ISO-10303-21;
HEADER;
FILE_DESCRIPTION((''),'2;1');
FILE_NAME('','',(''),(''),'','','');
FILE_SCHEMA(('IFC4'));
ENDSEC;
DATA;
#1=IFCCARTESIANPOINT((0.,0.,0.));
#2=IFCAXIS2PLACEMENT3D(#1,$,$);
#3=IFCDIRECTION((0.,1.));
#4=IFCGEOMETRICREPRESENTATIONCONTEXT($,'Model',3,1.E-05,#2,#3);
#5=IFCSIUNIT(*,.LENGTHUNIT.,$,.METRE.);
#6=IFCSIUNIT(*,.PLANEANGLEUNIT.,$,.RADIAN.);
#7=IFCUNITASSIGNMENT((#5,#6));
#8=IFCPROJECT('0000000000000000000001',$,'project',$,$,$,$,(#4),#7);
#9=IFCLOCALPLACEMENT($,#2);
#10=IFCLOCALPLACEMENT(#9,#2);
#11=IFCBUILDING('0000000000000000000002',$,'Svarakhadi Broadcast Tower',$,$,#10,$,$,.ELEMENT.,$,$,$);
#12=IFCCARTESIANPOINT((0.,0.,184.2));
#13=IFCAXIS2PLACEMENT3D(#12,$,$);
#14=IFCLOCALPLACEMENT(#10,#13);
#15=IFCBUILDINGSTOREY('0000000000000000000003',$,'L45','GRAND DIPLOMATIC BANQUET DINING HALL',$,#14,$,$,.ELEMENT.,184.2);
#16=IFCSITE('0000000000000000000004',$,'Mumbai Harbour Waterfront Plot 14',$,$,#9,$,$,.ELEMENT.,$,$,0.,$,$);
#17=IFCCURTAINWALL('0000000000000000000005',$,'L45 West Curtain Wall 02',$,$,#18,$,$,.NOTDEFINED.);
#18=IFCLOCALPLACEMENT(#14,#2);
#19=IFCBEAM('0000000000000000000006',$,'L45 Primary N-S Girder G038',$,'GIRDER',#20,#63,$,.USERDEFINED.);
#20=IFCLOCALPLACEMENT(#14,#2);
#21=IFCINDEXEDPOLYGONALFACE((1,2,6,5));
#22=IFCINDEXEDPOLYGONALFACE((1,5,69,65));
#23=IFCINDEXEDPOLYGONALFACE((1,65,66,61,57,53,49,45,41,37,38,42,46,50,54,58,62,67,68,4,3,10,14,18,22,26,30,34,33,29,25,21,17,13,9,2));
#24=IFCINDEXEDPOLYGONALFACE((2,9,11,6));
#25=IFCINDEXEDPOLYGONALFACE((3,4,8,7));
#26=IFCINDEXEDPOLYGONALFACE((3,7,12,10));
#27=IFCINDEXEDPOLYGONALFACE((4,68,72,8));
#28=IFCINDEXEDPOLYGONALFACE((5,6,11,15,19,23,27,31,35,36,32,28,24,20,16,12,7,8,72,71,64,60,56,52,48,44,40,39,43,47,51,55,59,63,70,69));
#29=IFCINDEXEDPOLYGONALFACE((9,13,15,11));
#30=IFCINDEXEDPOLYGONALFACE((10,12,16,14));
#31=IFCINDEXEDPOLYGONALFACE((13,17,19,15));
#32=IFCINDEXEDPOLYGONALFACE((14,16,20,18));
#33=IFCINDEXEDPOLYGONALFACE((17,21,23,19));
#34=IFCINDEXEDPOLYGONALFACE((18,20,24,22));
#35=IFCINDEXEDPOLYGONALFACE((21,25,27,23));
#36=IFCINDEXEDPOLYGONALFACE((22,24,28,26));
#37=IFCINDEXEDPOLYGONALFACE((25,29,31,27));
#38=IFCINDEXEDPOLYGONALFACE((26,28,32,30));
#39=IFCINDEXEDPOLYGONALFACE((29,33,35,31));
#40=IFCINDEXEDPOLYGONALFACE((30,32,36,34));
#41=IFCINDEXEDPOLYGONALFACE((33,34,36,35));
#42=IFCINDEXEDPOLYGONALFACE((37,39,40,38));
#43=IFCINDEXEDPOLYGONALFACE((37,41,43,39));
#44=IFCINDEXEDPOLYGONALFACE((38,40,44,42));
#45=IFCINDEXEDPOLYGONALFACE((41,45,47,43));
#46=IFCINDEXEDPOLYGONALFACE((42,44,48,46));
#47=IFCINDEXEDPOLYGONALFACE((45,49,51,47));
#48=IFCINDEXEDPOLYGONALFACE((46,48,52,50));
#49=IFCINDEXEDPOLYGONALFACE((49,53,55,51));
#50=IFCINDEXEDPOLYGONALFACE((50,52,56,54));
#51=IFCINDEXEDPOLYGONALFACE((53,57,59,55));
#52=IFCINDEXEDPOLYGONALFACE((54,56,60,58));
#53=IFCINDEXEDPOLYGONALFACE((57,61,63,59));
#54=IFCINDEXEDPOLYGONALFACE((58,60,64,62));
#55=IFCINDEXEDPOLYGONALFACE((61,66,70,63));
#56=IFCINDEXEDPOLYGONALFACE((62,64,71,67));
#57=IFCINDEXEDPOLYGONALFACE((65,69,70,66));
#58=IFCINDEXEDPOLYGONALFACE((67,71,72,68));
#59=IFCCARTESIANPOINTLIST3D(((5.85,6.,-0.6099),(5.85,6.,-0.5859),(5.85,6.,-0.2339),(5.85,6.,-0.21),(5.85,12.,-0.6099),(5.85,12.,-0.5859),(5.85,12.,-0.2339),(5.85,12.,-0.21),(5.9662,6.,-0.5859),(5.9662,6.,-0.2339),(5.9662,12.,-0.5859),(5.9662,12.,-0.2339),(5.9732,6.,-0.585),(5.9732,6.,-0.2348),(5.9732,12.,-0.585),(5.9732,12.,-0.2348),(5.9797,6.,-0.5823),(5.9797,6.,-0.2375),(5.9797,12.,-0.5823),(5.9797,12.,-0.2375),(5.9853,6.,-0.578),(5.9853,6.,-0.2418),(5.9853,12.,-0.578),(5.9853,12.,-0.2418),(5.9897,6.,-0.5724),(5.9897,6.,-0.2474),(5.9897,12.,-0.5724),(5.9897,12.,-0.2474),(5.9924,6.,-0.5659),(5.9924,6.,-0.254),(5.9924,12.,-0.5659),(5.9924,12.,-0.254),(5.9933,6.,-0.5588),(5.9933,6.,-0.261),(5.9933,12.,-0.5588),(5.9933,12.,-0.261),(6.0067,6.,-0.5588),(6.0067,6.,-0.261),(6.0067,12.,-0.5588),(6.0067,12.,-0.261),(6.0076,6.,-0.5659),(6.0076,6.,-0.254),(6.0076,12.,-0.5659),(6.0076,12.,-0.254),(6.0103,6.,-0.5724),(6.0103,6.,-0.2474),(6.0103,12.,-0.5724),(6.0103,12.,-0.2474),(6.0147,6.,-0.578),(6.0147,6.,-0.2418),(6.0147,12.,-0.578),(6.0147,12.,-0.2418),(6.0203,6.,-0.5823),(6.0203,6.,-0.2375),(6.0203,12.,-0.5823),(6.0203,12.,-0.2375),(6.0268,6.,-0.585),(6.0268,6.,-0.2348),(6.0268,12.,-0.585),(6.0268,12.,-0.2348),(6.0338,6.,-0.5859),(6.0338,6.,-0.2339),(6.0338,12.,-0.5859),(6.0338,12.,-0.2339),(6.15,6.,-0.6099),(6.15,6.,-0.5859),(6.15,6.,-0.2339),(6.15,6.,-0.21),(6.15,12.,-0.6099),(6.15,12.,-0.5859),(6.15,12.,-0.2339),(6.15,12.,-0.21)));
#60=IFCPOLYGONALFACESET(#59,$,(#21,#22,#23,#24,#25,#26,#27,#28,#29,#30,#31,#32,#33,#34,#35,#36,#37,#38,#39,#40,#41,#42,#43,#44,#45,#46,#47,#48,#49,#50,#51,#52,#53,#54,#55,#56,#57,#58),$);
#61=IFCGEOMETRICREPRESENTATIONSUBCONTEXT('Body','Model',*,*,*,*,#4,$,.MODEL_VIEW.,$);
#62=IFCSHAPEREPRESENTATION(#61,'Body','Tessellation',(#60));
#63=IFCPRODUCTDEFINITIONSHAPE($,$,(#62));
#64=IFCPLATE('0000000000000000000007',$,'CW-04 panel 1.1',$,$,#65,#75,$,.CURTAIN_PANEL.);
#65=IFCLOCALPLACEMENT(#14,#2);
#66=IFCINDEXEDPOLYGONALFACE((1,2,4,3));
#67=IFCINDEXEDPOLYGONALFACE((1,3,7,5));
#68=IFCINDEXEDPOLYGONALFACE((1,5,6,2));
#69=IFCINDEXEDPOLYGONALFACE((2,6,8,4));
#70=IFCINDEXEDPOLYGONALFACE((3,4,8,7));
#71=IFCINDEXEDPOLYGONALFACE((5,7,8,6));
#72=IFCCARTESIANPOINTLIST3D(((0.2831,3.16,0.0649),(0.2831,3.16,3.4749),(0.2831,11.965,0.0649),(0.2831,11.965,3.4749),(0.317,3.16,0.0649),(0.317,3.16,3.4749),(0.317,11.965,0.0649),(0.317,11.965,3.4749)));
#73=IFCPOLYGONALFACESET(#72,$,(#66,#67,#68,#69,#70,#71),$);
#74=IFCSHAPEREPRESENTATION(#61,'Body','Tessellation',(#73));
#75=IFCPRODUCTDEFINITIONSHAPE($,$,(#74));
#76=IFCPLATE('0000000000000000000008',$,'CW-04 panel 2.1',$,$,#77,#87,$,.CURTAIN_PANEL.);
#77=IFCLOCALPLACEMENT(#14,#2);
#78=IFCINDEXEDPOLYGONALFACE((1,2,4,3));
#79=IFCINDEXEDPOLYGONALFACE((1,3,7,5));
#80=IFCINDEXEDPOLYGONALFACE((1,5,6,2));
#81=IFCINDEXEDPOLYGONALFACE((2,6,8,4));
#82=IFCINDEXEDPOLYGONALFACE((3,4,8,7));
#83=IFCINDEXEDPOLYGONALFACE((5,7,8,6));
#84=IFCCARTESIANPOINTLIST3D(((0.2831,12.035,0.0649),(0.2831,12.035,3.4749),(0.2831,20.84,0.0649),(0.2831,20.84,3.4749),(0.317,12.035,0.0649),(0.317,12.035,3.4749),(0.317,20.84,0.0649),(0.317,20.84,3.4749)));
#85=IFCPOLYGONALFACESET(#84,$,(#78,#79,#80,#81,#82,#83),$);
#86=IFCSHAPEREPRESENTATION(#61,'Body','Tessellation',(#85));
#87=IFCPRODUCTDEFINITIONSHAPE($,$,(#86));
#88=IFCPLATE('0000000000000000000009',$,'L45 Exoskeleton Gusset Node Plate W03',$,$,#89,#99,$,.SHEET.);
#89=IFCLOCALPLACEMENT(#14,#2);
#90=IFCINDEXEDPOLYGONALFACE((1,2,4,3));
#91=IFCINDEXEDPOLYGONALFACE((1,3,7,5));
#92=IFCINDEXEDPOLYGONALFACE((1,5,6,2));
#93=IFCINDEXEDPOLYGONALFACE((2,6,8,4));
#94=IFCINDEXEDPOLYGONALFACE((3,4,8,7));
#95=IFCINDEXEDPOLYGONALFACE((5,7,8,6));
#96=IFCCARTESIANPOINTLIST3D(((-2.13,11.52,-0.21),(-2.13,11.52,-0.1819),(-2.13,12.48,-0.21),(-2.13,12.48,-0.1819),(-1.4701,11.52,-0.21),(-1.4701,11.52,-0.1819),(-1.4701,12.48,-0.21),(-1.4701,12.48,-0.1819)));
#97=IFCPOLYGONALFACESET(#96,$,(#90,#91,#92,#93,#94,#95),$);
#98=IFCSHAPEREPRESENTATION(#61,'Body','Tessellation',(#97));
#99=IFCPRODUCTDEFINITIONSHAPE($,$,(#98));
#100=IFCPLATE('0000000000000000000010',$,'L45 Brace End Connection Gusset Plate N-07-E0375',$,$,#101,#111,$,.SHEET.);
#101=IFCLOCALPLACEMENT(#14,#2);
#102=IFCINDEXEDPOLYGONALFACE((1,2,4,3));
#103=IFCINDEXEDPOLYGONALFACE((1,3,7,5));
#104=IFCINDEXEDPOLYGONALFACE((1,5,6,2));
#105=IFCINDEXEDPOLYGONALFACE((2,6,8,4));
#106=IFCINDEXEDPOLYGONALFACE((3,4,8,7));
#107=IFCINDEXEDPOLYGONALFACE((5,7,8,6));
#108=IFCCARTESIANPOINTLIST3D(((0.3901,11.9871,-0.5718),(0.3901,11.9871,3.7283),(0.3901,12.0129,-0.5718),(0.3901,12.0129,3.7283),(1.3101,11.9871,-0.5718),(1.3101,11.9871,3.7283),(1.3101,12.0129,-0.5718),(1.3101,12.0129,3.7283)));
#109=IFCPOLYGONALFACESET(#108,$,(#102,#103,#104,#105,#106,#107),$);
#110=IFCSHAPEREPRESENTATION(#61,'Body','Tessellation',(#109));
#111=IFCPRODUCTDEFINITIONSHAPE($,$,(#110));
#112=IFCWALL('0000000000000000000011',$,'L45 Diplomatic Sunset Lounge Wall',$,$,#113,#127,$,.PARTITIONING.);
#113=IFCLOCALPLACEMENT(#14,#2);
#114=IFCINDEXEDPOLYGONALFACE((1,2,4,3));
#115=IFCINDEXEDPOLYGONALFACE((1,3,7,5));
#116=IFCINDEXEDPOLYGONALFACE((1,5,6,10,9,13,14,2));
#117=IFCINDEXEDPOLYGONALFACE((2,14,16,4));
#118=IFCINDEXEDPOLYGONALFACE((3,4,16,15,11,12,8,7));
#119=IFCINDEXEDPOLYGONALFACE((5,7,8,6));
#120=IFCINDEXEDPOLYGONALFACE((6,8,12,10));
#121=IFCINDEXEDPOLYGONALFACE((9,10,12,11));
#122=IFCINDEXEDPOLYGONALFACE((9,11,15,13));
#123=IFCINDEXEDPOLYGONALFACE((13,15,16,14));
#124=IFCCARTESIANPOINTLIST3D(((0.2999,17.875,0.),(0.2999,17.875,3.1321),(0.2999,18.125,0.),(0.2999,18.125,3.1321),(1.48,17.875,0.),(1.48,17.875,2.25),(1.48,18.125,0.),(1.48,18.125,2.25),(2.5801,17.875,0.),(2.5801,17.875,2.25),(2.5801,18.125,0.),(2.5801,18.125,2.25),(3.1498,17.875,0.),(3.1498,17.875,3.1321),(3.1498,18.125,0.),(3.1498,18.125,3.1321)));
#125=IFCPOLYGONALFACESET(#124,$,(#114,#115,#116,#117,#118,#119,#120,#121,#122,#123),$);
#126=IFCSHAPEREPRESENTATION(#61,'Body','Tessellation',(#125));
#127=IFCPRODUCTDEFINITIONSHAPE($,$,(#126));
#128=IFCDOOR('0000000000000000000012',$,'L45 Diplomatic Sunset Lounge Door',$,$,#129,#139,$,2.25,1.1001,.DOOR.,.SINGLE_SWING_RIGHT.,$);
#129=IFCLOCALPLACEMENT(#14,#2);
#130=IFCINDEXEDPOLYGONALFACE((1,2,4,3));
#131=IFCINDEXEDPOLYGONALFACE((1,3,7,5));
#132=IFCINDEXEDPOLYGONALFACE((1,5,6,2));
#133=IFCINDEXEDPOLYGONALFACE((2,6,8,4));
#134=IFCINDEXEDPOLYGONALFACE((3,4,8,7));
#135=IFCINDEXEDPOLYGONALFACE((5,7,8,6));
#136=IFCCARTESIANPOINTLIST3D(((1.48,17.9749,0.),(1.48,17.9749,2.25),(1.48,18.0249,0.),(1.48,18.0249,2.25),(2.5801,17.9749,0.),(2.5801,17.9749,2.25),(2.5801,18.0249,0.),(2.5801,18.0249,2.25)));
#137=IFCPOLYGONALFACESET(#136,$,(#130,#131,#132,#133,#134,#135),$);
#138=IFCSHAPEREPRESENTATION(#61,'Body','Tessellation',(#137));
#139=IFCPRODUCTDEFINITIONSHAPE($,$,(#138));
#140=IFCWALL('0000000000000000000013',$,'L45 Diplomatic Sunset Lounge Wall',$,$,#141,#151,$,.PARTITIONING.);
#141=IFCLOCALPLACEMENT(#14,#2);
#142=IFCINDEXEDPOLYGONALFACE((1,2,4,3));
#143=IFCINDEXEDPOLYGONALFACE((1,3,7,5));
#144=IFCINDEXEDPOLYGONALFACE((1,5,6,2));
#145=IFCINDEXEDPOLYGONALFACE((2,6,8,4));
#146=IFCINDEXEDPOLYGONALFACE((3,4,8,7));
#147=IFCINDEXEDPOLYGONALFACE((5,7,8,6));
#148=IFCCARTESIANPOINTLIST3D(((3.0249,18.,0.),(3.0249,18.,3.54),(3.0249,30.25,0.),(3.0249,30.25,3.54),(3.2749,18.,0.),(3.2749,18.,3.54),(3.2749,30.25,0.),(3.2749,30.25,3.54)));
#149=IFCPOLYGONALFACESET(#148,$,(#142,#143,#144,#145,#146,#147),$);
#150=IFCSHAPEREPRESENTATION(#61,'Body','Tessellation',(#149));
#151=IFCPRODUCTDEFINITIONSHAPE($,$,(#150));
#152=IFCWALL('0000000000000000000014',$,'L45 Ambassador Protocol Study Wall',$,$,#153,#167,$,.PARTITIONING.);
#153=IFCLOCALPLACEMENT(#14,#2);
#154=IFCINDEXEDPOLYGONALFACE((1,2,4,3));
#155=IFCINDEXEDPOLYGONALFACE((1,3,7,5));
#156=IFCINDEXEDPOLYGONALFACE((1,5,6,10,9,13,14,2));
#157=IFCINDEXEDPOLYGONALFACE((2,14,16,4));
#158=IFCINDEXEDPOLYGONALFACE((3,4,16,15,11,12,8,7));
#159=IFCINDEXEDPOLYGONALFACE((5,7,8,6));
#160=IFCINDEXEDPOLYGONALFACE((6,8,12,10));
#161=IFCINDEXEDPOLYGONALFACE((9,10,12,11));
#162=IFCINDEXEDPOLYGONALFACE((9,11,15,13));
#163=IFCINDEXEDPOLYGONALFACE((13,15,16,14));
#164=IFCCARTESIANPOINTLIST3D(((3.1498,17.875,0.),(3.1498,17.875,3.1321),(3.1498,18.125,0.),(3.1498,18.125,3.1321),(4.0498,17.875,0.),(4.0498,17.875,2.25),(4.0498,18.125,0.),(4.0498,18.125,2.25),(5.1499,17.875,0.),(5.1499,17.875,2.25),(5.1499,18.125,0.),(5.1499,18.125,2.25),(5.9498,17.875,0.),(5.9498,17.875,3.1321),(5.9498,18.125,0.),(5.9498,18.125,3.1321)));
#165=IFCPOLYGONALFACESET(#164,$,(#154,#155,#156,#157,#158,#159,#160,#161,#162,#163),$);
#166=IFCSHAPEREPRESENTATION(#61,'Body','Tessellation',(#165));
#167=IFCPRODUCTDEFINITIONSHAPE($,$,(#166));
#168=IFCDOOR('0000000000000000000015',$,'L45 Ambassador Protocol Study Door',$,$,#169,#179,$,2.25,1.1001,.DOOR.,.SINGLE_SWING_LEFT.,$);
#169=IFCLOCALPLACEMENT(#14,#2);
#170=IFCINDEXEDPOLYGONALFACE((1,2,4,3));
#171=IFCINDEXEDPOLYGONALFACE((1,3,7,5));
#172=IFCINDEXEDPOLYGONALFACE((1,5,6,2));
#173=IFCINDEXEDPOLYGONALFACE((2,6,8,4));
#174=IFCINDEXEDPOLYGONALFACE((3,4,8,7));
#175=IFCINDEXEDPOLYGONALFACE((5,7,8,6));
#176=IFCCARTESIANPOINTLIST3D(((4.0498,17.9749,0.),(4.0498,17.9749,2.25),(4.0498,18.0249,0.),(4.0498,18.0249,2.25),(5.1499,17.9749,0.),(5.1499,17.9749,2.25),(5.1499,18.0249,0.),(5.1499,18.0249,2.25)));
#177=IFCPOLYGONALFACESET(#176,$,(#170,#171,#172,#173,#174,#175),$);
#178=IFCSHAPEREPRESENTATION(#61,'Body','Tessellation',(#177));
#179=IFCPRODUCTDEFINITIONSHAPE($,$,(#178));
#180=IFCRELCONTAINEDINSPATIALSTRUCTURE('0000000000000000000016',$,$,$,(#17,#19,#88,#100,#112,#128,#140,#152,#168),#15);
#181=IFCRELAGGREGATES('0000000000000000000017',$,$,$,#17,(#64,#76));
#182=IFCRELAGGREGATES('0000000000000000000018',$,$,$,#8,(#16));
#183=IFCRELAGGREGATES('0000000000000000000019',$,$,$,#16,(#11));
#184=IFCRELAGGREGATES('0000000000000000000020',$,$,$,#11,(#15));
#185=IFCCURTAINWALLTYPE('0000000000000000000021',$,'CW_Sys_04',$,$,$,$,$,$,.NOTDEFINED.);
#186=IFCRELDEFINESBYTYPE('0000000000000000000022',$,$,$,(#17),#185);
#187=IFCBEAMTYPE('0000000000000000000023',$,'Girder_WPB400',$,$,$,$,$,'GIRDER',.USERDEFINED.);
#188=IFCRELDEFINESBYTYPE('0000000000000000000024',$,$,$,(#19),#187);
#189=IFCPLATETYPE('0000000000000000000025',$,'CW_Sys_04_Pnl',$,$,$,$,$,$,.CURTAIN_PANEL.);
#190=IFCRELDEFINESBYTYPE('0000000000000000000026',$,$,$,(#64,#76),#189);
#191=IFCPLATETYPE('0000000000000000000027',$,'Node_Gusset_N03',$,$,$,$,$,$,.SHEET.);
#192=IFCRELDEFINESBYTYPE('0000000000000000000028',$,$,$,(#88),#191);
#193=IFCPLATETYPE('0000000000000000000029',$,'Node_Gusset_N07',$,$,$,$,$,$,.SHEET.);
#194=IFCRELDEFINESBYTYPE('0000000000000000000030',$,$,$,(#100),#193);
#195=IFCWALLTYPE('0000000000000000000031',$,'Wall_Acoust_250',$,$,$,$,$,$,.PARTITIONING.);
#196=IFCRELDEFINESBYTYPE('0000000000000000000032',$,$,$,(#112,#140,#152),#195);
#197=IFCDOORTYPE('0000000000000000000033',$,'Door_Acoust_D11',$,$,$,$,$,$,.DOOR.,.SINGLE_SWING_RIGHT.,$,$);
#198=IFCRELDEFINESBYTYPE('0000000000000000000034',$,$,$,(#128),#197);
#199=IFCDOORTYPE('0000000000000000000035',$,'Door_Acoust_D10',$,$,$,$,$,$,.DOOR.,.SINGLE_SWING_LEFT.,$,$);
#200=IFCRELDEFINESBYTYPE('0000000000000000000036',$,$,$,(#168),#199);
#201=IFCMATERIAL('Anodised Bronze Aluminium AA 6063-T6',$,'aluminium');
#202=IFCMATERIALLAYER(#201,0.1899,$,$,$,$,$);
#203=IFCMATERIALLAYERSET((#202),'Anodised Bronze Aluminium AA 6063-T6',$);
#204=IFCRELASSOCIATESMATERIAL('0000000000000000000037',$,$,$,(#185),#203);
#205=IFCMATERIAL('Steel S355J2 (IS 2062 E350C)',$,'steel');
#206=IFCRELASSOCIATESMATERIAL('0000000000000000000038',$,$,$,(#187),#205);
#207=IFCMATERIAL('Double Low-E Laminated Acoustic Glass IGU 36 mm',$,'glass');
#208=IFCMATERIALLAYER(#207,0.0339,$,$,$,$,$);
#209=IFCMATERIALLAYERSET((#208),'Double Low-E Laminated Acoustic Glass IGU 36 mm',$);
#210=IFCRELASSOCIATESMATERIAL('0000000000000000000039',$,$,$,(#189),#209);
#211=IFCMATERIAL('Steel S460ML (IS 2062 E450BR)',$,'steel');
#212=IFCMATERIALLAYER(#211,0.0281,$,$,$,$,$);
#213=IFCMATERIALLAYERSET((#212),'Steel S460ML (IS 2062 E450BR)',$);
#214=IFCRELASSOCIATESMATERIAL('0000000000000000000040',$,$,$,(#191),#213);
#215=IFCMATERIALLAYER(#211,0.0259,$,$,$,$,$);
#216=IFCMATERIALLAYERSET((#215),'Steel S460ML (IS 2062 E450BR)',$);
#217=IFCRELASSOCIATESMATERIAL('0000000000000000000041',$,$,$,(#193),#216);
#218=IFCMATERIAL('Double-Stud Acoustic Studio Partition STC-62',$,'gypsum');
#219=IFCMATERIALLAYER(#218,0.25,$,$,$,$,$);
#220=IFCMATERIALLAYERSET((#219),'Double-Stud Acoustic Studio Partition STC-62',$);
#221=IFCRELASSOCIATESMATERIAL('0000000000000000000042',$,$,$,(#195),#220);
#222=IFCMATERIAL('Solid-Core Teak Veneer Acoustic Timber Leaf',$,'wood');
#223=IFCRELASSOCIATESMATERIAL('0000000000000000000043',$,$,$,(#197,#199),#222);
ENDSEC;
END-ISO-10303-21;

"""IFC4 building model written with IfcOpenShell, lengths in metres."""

from ifc_helpers import new_model, si_unit, direction, frame, frame_2d, origin, origin_2d, place, context, subcontext, project, spatial, rectangle, i_section, extrude, material, layer, layer_set, material_profile, profile_set, type_object, element, fill, aggregate, save


model = new_model("IFC4")

# Units and contexts
model_context = context("Model", 3, precision=1e-05, world=origin(), true_north=direction((0.0, 1.0)))
body_context = subcontext(model_context, "Body", "Model", "MODEL_VIEW")
ifc_project = project(units=[si_unit("LENGTHUNIT", "METRE"), si_unit("PLANEANGLEUNIT", "RADIAN")], contexts=[model_context])

# Site, building, storey
site_placement = place(None, origin())
site = spatial("IfcSite", under=ifc_project, at=site_placement, Name="Mumbai Harbour Waterfront Plot 14", CompositionType="ELEMENT", RefElevation=0.0)
building_placement = place(site_placement, origin())
building = spatial("IfcBuilding", under=site, at=building_placement, Name="Svarakhadi Broadcast Tower", CompositionType="ELEMENT")
storey_placement = place(building_placement, frame((0.0, 0.0, 184.2)))
storey = spatial("IfcBuildingStorey", under=building, at=storey_placement, Name="L45", Description="GRAND DIPLOMATIC BANQUET DINING HALL", CompositionType="ELEMENT", Elevation=184.2)

# Shared definitions
ifc_material_1 = material(Name="Steel S460ML (IS 2062 E450BR)", Category="steel")

# Shared definitions
ifc_material_2 = material(Name="Steel S355J2 (IS 2062 E350C)", Category="steel")

# Curtain wall
ifc_material_3 = material(Name="Anodised Bronze Aluminium AA 6063-T6", Category="aluminium")
ifc_layer_1 = layer(ifc_material_3, 0.1899)
ifc_layer_set_1 = layer_set([ifc_layer_1], Name="Anodised Bronze Aluminium AA 6063-T6")
curtain_wall_type = type_object("IfcCurtainWallType", Name="CW_Sys_04", PredefinedType="NOTDEFINED", material=ifc_layer_set_1)
curtain_wall_placement = place(storey_placement, origin())
curtain_wall = element("IfcCurtainWall", 1, at=curtain_wall_placement, inside=storey, type_object=curtain_wall_type, Name="L45 West Curtain Wall 02", PredefinedType="NOTDEFINED")

# Beam
ifc_material_profile_1 = material_profile(ifc_material_2, i_section(OverallWidth=0.3, OverallDepth=0.3999, WebThickness=0.0134, FlangeThickness=0.0239, FilletRadius=0.0271, at=origin_2d()), Name="WPB 400x300x155")
ifc_profile_set_1 = profile_set([ifc_material_profile_1], Name="Steel S355J2 (IS 2062 E350C)")
beam_type_1 = type_object("IfcBeamType", Name="Girder_WPB400", ElementType="GIRDER", PredefinedType="USERDEFINED", material=ifc_profile_set_1)
for number, where, z_axis, x_axis, name in (
    (2, (6.0, 6.0, -0.4099), (0.0, 1.0, 0.0), (-1.0, 0.0, 0.0), "L45 Primary N-S Girder G038"),
):
    element("IfcBeam", number, at=place(storey_placement, frame(where, z_axis=z_axis, x_axis=x_axis)), inside=storey, type_object=beam_type_1, Name=name, ObjectType="GIRDER", PredefinedType="USERDEFINED", context=body_context, shape_type="SweptSolid", body=[
        extrude(i_section(OverallWidth=0.3, OverallDepth=0.3999, WebThickness=0.0134, FlangeThickness=0.0239, FilletRadius=0.0271, at=origin_2d()), origin(), (0.0, 0.0, 1.0), 6.0),
    ])

# Plates
ifc_material_4 = material(Name="Double Low-E Laminated Acoustic Glass IGU 36 mm", Category="glass")
ifc_layer_2 = layer(ifc_material_4, 0.0339)
ifc_layer_set_2 = layer_set([ifc_layer_2], Name="Double Low-E Laminated Acoustic Glass IGU 36 mm")
plate_type_1 = type_object("IfcPlateType", Name="CW_Sys_04_Pnl", PredefinedType="CURTAIN_PANEL", material=ifc_layer_set_2)
plate_1_placement = place(storey_placement, frame((0.3, 7.5625, 0.0649), z_axis=(0.0, 0.0, 1.0), x_axis=(0.0, 1.0, 0.0)))
plate_1 = element("IfcPlate", 3, at=plate_1_placement, type_object=plate_type_1, Name="CW-04 panel 1.1", PredefinedType="CURTAIN_PANEL", context=body_context, shape_type="SweptSolid", body=[
    extrude(rectangle(XDim=8.8049, YDim=0.0339, at=origin_2d()), origin(), (0.0, 0.0, 1.0), 3.4099),
])
plate_2_placement = place(storey_placement, frame((0.3, 16.4375, 0.0649), z_axis=(0.0, 0.0, 1.0), x_axis=(0.0, 1.0, 0.0)))
plate_2 = element("IfcPlate", 4, at=plate_2_placement, type_object=plate_type_1, Name="CW-04 panel 2.1", PredefinedType="CURTAIN_PANEL", context=body_context, shape_type="SweptSolid", body=[
    extrude(rectangle(XDim=8.8049, YDim=0.0339, at=origin_2d()), origin(), (0.0, 0.0, 1.0), 3.4099),
])
aggregate(curtain_wall, [plate_1, plate_2])

# Plates
ifc_layer_3 = layer(ifc_material_1, 0.0281)
ifc_layer_set_3 = layer_set([ifc_layer_3], Name="Steel S460ML (IS 2062 E450BR)")
plate_type_2 = type_object("IfcPlateType", Name="Node_Gusset_N03", PredefinedType="SHEET", material=ifc_layer_set_3)
plate_3_placement = place(storey_placement, frame((-1.8, 12.0, -0.21), z_axis=(0.0, 0.0, 1.0), x_axis=(0.0, 1.0, 0.0)))
element("IfcPlate", 5, at=plate_3_placement, inside=storey, type_object=plate_type_2, Name="L45 Exoskeleton Gusset Node Plate W03", PredefinedType="SHEET", context=body_context, shape_type="SweptSolid", body=[
    extrude(rectangle(XDim=0.96, YDim=0.6599, at=origin_2d()), origin(), (0.0, 0.0, 1.0), 0.0281),
])
ifc_layer_4 = layer(ifc_material_1, 0.0259)
ifc_layer_set_4 = layer_set([ifc_layer_4], Name="Steel S460ML (IS 2062 E450BR)")
plate_type_3 = type_object("IfcPlateType", Name="Node_Gusset_N07", PredefinedType="SHEET", material=ifc_layer_set_4)
plate_4_placement = place(storey_placement, frame((0.8501, 12.0, -0.5718), z_axis=(0.0, 0.0, 1.0), x_axis=(1.0, 0.0, 0.0)))
element("IfcPlate", 6, at=plate_4_placement, inside=storey, type_object=plate_type_3, Name="L45 Brace End Connection Gusset Plate N-07-E0375", PredefinedType="SHEET", context=body_context, shape_type="SweptSolid", body=[
    extrude(rectangle(XDim=0.9199, YDim=0.0259, at=origin_2d()), origin(), (0.0, 0.0, 1.0), 4.3),
])

# Wall, opening, door
ifc_material_5 = material(Name="Double-Stud Acoustic Studio Partition STC-62", Category="gypsum")
ifc_layer_5 = layer(ifc_material_5, 0.25)
ifc_layer_set_5 = layer_set([ifc_layer_5], Name="Double-Stud Acoustic Studio Partition STC-62")
wall_type = type_object("IfcWallType", Name="Wall_Acoust_250", PredefinedType="PARTITIONING", material=ifc_layer_set_5)
wall_1_placement = place(storey_placement, frame((0.3, 18.0, 0.0), z_axis=(0.0, 0.0, 1.0), x_axis=(1.0, 0.0, 0.0)))
wall_1 = element("IfcWall", 7, at=wall_1_placement, inside=storey, type_object=wall_type, Name="L45 Diplomatic Sunset Lounge Wall", PredefinedType="PARTITIONING", context=body_context, shape_type="SweptSolid", body=[
    extrude(rectangle(XDim=2.8499, YDim=0.25, at=frame_2d((1.4248, 0.0))), origin(), (0.0, 0.0, 1.0), 3.1321),
])
opening_1_placement = place(wall_1_placement, frame((1.1799, 0.0, 0.0)))
opening_1 = element("IfcOpeningElement", 8, at=opening_1_placement, cuts=wall_1, PredefinedType="OPENING", context=body_context, shape_type="SweptSolid", body=[
    extrude(rectangle(XDim=1.1001, YDim=2.25, at=frame_2d((0.55, 1.125))), frame((0.0, 0.135, 0.0), z_axis=(0.0, -1.0, 0.0), x_axis=(1.0, 0.0, 0.0)), (0.0, 0.0, 1.0), 0.27),
])
ifc_material_6 = material(Name="Solid-Core Teak Veneer Acoustic Timber Leaf", Category="wood")
door_type_1 = type_object("IfcDoorType", Name="Door_Acoust_D11", OperationType="SINGLE_SWING_RIGHT", PredefinedType="DOOR", material=ifc_material_6)
door_1_placement = place(opening_1_placement, origin())
door_1 = element("IfcDoor", 9, at=door_1_placement, inside=storey, type_object=door_type_1, Name="L45 Diplomatic Sunset Lounge Door", OperationType="SINGLE_SWING_RIGHT", OverallHeight=2.25, OverallWidth=1.1001, PredefinedType="DOOR", context=body_context, shape_type="SweptSolid", body=[
    extrude(rectangle(XDim=1.1001, YDim=2.25, at=frame_2d((0.55, 1.125))), frame((0.0, 0.0249, 0.0), z_axis=(0.0, -1.0, 0.0), x_axis=(1.0, 0.0, 0.0)), (0.0, 0.0, 1.0), 0.05),
])
fill(opening_1, door_1)

# Wall
wall_2_placement = place(storey_placement, frame((3.1499, 18.0, 0.0), z_axis=(0.0, 0.0, 1.0), x_axis=(0.0, 1.0, 0.0)))
element("IfcWall", 10, at=wall_2_placement, inside=storey, type_object=wall_type, Name="L45 Diplomatic Sunset Lounge Wall", PredefinedType="PARTITIONING", context=body_context, shape_type="SweptSolid", body=[
    extrude(rectangle(XDim=12.25, YDim=0.25, at=frame_2d((6.125, 0.0))), origin(), (0.0, 0.0, 1.0), 3.54),
])

# Wall, opening, door
wall_3_placement = place(storey_placement, frame((3.1499, 18.0, 0.0), z_axis=(0.0, 0.0, 1.0), x_axis=(1.0, 0.0, 0.0)))
wall_3 = element("IfcWall", 11, at=wall_3_placement, inside=storey, type_object=wall_type, Name="L45 Ambassador Protocol Study Wall", PredefinedType="PARTITIONING", context=body_context, shape_type="SweptSolid", body=[
    extrude(rectangle(XDim=2.8, YDim=0.25, at=frame_2d((1.3999, 0.0))), origin(), (0.0, 0.0, 1.0), 3.1321),
])
opening_2_placement = place(wall_3_placement, frame((0.8999, 0.0, 0.0)))
opening_2 = element("IfcOpeningElement", 12, at=opening_2_placement, cuts=wall_3, PredefinedType="OPENING", context=body_context, shape_type="SweptSolid", body=[
    extrude(rectangle(XDim=1.1001, YDim=2.25, at=frame_2d((0.55, 1.125))), frame((0.0, 0.135, 0.0), z_axis=(0.0, -1.0, 0.0), x_axis=(1.0, 0.0, 0.0)), (0.0, 0.0, 1.0), 0.27),
])
door_type_2 = type_object("IfcDoorType", Name="Door_Acoust_D10", OperationType="SINGLE_SWING_LEFT", PredefinedType="DOOR", material=ifc_material_6)
door_2_placement = place(opening_2_placement, origin())
door_2 = element("IfcDoor", 13, at=door_2_placement, inside=storey, type_object=door_type_2, Name="L45 Ambassador Protocol Study Door", OperationType="SINGLE_SWING_LEFT", OverallHeight=2.25, OverallWidth=1.1001, PredefinedType="DOOR", context=body_context, shape_type="SweptSolid", body=[
    extrude(rectangle(XDim=1.1001, YDim=2.25, at=frame_2d((0.55, 1.125))), frame((0.0, 0.0249, 0.0), z_axis=(0.0, -1.0, 0.0), x_axis=(1.0, 0.0, 0.0)), (0.0, 0.0, 1.0), 0.05),
])
fill(opening_2, door_2)

save(model, "model.ifc")
